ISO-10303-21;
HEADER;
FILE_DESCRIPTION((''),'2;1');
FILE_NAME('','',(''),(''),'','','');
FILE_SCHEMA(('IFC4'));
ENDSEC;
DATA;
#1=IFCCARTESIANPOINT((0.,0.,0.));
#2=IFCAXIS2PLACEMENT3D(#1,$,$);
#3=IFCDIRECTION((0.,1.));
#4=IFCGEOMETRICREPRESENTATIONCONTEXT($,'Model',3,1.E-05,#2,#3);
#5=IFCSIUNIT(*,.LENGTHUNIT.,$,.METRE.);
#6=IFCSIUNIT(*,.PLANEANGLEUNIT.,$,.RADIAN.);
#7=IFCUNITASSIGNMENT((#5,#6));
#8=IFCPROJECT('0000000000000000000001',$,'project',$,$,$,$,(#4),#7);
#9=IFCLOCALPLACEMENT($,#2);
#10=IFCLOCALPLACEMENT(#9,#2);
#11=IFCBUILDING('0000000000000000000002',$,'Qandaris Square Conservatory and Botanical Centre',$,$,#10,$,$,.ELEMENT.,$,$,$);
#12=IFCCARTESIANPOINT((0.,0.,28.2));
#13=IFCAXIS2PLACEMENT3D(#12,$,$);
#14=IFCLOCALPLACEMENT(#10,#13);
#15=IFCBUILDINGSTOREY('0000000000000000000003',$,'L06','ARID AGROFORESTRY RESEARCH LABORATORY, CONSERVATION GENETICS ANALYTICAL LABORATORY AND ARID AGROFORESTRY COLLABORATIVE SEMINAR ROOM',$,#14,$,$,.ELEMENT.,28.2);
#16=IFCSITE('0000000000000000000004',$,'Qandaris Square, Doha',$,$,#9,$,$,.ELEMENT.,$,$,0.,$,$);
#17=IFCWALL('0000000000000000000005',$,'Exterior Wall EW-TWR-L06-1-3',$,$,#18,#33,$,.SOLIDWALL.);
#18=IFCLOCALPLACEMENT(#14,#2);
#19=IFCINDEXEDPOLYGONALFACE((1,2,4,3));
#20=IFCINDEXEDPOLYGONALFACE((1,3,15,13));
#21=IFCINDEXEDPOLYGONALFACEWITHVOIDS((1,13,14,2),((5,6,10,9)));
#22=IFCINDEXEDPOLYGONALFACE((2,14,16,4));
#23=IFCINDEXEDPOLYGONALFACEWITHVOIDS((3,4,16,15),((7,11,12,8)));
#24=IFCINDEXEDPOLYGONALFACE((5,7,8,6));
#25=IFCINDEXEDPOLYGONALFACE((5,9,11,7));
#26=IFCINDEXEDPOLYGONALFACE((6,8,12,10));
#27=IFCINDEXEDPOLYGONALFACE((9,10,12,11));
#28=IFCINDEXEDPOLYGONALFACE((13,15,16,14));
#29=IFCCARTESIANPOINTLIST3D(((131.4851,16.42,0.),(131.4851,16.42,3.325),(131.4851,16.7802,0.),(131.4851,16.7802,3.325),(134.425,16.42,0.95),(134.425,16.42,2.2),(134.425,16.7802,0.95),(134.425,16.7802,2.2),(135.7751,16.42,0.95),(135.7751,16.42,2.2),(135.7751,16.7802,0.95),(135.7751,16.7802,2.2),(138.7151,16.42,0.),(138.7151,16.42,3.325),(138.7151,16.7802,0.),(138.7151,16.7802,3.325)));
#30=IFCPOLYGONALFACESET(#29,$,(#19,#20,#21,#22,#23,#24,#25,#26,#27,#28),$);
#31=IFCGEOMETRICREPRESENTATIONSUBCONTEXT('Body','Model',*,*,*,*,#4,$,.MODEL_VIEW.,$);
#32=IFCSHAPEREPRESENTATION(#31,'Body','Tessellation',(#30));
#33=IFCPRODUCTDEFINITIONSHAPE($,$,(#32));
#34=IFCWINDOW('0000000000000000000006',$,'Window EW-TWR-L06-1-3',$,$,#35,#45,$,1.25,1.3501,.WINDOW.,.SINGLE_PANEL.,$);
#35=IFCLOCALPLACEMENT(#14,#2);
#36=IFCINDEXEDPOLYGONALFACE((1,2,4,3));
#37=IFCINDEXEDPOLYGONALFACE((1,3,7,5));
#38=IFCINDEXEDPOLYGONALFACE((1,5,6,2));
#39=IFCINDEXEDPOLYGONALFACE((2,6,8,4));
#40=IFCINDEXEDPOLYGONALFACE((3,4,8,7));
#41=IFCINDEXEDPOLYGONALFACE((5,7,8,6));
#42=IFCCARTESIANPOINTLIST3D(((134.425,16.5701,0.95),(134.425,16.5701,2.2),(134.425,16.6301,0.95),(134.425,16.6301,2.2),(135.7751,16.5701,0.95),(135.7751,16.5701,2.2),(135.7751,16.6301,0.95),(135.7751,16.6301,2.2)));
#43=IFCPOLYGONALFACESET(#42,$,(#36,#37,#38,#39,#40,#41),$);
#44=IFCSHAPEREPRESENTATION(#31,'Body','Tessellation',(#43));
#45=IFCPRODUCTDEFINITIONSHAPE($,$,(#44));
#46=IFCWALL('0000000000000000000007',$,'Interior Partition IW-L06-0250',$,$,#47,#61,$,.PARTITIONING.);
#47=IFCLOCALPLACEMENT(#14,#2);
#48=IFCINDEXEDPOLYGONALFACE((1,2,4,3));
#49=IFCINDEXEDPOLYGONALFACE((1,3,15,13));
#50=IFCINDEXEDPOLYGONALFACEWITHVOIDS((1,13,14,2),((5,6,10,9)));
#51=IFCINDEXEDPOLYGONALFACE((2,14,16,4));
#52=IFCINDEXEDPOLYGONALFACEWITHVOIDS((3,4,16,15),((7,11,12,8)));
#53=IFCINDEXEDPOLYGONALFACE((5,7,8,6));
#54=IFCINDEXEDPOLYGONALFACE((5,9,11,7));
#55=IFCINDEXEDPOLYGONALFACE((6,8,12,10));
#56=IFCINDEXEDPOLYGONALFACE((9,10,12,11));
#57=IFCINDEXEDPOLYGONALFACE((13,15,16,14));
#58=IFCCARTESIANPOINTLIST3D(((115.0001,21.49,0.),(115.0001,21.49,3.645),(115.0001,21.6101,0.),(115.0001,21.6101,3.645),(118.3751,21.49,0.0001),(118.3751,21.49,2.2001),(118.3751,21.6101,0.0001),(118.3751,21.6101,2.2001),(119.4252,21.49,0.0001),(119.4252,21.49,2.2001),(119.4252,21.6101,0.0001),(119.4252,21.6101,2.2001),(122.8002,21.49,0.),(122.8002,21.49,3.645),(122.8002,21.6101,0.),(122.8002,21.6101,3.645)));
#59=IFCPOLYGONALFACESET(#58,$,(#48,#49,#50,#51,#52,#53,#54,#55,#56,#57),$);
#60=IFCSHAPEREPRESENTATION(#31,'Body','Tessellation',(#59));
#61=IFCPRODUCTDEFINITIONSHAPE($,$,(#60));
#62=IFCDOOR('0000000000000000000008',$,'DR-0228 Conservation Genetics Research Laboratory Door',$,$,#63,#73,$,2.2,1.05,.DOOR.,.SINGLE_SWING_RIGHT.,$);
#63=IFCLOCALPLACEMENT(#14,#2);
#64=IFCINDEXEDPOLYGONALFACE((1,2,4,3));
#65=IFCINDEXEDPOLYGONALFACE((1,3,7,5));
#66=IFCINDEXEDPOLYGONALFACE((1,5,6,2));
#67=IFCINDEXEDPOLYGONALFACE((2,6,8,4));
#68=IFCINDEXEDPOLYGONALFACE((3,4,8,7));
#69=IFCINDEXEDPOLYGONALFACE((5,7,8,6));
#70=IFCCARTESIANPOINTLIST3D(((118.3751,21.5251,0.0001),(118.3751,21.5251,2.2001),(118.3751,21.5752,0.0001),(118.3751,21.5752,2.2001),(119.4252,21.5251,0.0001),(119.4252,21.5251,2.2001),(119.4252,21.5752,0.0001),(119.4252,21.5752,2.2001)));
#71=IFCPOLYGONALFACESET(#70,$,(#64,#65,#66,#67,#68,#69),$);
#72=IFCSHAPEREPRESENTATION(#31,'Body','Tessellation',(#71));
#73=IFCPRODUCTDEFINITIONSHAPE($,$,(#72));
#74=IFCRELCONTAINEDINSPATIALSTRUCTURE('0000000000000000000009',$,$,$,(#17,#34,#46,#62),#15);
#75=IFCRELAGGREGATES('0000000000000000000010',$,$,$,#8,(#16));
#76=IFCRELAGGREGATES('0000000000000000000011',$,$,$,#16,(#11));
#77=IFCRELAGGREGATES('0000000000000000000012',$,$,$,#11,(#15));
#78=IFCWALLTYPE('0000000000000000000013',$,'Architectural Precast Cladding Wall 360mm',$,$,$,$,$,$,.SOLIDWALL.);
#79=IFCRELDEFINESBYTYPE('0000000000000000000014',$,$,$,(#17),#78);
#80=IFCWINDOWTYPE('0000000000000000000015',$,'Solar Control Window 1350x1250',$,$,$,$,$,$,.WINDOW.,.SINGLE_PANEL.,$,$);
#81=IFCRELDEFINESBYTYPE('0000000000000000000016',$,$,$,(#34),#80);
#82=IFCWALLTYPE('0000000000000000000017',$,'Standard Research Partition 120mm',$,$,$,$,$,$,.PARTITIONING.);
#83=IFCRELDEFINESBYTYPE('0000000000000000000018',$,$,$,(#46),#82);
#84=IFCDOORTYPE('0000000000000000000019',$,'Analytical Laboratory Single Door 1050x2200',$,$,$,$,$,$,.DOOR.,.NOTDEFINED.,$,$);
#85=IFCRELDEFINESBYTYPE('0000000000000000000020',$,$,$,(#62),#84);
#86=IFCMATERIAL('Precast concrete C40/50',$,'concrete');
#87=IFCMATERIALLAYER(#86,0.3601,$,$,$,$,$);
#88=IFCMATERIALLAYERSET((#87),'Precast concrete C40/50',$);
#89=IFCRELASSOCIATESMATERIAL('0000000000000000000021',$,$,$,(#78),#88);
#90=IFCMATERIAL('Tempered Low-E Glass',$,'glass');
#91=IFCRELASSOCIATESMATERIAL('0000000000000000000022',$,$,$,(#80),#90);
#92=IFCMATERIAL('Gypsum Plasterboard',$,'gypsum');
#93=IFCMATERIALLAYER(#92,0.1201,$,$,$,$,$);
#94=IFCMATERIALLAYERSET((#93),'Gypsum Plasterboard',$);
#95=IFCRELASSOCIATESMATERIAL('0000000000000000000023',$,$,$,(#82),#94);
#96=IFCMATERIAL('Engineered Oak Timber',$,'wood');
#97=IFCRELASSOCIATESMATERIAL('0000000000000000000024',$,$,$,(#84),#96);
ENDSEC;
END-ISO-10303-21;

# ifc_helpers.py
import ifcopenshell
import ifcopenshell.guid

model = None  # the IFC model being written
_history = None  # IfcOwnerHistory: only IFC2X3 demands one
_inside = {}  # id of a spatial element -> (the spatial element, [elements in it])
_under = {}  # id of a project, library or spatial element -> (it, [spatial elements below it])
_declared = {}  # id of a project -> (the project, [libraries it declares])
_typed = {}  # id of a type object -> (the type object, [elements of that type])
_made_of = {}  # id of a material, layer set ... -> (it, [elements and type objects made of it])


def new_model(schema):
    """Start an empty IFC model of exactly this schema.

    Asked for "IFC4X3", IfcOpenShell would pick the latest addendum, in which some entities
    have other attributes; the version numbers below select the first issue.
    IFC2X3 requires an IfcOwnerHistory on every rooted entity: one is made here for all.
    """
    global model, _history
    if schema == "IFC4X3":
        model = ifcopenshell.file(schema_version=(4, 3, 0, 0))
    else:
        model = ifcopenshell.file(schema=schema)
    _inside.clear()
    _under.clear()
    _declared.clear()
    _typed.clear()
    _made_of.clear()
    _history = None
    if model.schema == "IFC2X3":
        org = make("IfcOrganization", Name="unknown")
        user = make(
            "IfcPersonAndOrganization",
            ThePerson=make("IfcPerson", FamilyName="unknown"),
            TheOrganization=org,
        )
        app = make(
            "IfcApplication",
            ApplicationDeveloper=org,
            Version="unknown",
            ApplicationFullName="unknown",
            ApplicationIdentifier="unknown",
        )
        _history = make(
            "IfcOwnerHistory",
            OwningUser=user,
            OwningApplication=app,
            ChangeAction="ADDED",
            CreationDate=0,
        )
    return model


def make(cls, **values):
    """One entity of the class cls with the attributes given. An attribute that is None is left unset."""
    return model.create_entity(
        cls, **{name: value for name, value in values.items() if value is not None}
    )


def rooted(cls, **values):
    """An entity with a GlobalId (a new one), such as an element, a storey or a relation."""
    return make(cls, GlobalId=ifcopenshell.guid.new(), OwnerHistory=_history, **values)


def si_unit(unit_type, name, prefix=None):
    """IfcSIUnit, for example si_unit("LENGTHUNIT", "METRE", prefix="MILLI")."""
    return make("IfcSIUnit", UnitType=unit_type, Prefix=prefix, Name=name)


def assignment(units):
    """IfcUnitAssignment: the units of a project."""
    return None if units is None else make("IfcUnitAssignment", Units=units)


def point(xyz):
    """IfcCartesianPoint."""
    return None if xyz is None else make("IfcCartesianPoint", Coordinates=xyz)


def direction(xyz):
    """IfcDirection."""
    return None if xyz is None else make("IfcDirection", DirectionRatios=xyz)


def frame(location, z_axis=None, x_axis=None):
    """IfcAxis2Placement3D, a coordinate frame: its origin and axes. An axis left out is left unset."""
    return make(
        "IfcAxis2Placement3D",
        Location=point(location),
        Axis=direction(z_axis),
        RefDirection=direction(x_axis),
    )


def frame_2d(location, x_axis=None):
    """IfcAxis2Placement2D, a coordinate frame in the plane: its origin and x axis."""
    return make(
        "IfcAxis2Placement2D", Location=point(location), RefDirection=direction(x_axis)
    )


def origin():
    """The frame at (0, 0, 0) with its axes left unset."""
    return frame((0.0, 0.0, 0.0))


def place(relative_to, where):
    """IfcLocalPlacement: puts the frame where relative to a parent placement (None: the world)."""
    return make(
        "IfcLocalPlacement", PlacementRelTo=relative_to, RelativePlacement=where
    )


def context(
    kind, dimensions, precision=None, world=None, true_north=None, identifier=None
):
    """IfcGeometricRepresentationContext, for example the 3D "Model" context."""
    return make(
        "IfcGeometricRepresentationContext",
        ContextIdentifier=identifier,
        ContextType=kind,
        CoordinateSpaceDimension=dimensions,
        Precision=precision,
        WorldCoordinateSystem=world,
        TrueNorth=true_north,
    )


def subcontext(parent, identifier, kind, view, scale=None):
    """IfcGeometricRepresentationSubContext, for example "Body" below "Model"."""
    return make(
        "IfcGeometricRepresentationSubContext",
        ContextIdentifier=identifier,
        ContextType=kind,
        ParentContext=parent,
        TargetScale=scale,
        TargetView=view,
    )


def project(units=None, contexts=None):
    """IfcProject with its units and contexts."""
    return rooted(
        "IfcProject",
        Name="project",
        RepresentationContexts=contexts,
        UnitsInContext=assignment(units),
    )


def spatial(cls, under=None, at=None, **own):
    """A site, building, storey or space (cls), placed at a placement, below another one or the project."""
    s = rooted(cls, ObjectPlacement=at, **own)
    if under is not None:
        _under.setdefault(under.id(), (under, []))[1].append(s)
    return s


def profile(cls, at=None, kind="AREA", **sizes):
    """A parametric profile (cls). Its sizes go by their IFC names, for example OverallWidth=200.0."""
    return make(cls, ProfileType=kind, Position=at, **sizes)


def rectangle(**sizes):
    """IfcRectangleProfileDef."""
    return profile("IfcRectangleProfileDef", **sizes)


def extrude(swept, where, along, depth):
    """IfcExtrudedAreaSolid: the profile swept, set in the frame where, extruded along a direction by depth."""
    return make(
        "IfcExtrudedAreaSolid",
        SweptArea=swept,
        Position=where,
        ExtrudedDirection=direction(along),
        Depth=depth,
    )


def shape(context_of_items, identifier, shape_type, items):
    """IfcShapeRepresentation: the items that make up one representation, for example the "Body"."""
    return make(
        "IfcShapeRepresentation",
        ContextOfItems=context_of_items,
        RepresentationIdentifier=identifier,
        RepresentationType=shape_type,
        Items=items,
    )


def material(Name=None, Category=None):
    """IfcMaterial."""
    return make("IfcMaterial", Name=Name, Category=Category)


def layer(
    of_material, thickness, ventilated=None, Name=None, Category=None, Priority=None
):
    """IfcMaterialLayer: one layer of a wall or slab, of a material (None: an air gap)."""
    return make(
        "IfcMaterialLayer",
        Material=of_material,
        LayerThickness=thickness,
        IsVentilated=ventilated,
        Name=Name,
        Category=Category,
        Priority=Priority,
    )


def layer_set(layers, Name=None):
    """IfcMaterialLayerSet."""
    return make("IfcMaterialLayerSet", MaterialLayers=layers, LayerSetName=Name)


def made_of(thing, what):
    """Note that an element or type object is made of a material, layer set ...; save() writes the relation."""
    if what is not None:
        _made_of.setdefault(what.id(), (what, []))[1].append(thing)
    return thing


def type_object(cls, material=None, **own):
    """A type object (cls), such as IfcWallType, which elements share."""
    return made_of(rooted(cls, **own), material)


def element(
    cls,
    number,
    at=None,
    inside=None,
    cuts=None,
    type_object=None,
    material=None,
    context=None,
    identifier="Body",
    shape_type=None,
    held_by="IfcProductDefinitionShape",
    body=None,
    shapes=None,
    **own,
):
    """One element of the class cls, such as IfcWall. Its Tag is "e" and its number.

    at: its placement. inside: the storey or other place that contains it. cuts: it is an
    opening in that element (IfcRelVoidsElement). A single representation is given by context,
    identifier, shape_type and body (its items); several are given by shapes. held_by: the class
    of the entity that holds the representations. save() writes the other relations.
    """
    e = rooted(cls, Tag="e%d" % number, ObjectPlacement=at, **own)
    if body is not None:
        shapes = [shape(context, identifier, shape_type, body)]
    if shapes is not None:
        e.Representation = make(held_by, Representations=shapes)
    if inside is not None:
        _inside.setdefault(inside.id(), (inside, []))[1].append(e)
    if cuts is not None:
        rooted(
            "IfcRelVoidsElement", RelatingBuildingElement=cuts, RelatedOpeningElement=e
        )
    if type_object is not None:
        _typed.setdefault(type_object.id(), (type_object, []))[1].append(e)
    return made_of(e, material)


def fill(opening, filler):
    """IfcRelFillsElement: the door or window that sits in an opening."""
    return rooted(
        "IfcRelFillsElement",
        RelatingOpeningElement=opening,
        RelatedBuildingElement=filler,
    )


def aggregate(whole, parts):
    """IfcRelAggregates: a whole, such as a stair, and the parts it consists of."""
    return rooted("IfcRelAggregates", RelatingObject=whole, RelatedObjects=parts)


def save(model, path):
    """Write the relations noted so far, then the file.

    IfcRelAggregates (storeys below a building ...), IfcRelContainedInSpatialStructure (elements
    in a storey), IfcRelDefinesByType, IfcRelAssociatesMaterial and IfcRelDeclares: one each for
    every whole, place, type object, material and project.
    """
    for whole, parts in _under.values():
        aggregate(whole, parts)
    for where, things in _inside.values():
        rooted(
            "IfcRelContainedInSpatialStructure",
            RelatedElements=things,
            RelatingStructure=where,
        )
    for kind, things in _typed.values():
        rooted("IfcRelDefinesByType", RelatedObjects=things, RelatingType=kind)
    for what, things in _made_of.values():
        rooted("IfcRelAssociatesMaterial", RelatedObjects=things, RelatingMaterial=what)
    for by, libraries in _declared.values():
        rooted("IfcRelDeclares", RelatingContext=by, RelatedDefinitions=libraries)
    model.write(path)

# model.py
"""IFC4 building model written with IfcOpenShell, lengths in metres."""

from ifc_helpers import new_model, si_unit, direction, frame, frame_2d, origin, place, context, subcontext, project, spatial, rectangle, extrude, material, layer, layer_set, type_object, element, fill, save


model = new_model("IFC4")

# Units and contexts
model_context = context("Model", 3, precision=1e-05, world=origin(), true_north=direction((0.0, 1.0)))
body_context = subcontext(model_context, "Body", "Model", "MODEL_VIEW")
ifc_project = project(units=[si_unit("LENGTHUNIT", "METRE"), si_unit("PLANEANGLEUNIT", "RADIAN")], contexts=[model_context])

# Site, building, storey
site_placement = place(None, origin())
site = spatial("IfcSite", under=ifc_project, at=site_placement, Name="Qandaris Square, Doha", CompositionType="ELEMENT", RefElevation=0.0)
building_placement = place(site_placement, origin())
building = spatial("IfcBuilding", under=site, at=building_placement, Name="Qandaris Square Conservatory and Botanical Centre", CompositionType="ELEMENT")
storey_placement = place(building_placement, frame((0.0, 0.0, 28.2)))
storey = spatial("IfcBuildingStorey", under=building, at=storey_placement, Name="L06", Description="ARID AGROFORESTRY RESEARCH LABORATORY, CONSERVATION GENETICS ANALYTICAL LABORATORY AND ARID AGROFORESTRY COLLABORATIVE SEMINAR ROOM", CompositionType="ELEMENT", Elevation=28.2)

# Shared definitions
ifc_material_1 = material(Name="Gypsum Plasterboard", Category="gypsum")

# Wall, opening, window
ifc_material_2 = material(Name="Precast concrete C40/50", Category="concrete")
ifc_layer_1 = layer(ifc_material_2, 0.3601)
ifc_layer_set_1 = layer_set([ifc_layer_1], Name="Precast concrete C40/50")
wall_type_1 = type_object("IfcWallType", Name="Architectural Precast Cladding Wall 360mm", PredefinedType="SOLIDWALL", material=ifc_layer_set_1)
ifc_material_3 = material(Name="Tempered Low-E Glass", Category="glass")
wall_1_placement = place(storey_placement, frame((131.4851, 16.6001, 0.0), z_axis=(0.0, 0.0, 1.0), x_axis=(1.0, 0.0, 0.0)))
wall_1 = element("IfcWall", 1, at=wall_1_placement, inside=storey, type_object=wall_type_1, Name="Exterior Wall EW-TWR-L06-1-3", PredefinedType="SOLIDWALL", context=body_context, shape_type="SweptSolid", body=[
    extrude(rectangle(XDim=7.23, YDim=0.3601, at=frame_2d((3.615, 0.0))), origin(), (0.0, 0.0, 1.0), 3.325),
])
opening_1_placement = place(wall_1_placement, frame((2.9399, 0.0, 0.95)))
opening_1 = element("IfcOpeningElement", 2, at=opening_1_placement, cuts=wall_1, PredefinedType="OPENING", context=body_context, shape_type="SweptSolid", body=[
    extrude(rectangle(XDim=1.3501, YDim=1.25, at=frame_2d((0.675, 0.625))), frame((0.0, 0.1919, 0.0), z_axis=(0.0, -1.0, 0.0), x_axis=(1.0, 0.0, 0.0)), (0.0, 0.0, 1.0), 0.384),
])
window_type_1 = type_object("IfcWindowType", Name="Solar Control Window 1350x1250", PartitioningType="SINGLE_PANEL", PredefinedType="WINDOW", material=ifc_material_3)
window_1_placement = place(opening_1_placement, origin())
window_1 = element("IfcWindow", 3, at=window_1_placement, inside=storey, type_object=window_type_1, Name="Window EW-TWR-L06-1-3", OverallHeight=1.25, OverallWidth=1.3501, PartitioningType="SINGLE_PANEL", PredefinedType="WINDOW", context=body_context, shape_type="SweptSolid", body=[
    extrude(rectangle(XDim=1.3501, YDim=1.25, at=frame_2d((0.675, 0.625))), frame((0.0, 0.03, 0.0), z_axis=(0.0, -1.0, 0.0), x_axis=(1.0, 0.0, 0.0)), (0.0, 0.0, 1.0), 0.0601),
])
fill(opening_1, window_1)

# Wall, opening, door
ifc_layer_2 = layer(ifc_material_1, 0.1201)
ifc_layer_set_2 = layer_set([ifc_layer_2], Name="Gypsum Plasterboard")
wall_type_2 = type_object("IfcWallType", Name="Standard Research Partition 120mm", PredefinedType="PARTITIONING", material=ifc_layer_set_2)
wall_2_placement = place(storey_placement, frame((122.8, 21.55, 0.0), z_axis=(0.0, 0.0, 1.0), x_axis=(-1.0, 0.0, 0.0)))
wall_2 = element("IfcWall", 4, at=wall_2_placement, inside=storey, type_object=wall_type_2, Name="Interior Partition IW-L06-0250", PredefinedType="PARTITIONING", context=body_context, shape_type="SweptSolid", body=[
    extrude(rectangle(XDim=7.8, YDim=0.1201, at=frame_2d((3.8999, 0.0))), origin(), (0.0, 0.0, 1.0), 3.645),
])
opening_2_placement = place(wall_2_placement, frame((3.375, 0.0, 0.0)))
opening_2 = element("IfcOpeningElement", 5, at=opening_2_placement, cuts=wall_2, PredefinedType="OPENING", context=body_context, shape_type="SweptSolid", body=[
    extrude(rectangle(XDim=1.05, YDim=2.2, at=frame_2d((0.5249, 1.1001))), frame((0.0, 0.072, 0.0), z_axis=(0.0, -1.0, 0.0), x_axis=(1.0, 0.0, 0.0)), (0.0, 0.0, 1.0), 0.144),
])
ifc_material_4 = material(Name="Engineered Oak Timber", Category="wood")
door_type = type_object("IfcDoorType", Name="Analytical Laboratory Single Door 1050x2200", OperationType="NOTDEFINED", PredefinedType="DOOR", material=ifc_material_4)
door_placement = place(opening_2_placement, origin())
door = element("IfcDoor", 6, at=door_placement, inside=storey, type_object=door_type, Name="DR-0228 Conservation Genetics Research Laboratory Door", OperationType="SINGLE_SWING_RIGHT", OverallHeight=2.2, OverallWidth=1.05, PredefinedType="DOOR", context=body_context, shape_type="SweptSolid", body=[
    extrude(rectangle(XDim=1.05, YDim=2.2, at=frame_2d((0.5249, 1.1001))), frame((0.0, 0.0249, 0.0), z_axis=(0.0, -1.0, 0.0), x_axis=(1.0, 0.0, 0.0)), (0.0, 0.0, 1.0), 0.05),
])
fill(opening_2, door)

save(model, "model.ifc")
